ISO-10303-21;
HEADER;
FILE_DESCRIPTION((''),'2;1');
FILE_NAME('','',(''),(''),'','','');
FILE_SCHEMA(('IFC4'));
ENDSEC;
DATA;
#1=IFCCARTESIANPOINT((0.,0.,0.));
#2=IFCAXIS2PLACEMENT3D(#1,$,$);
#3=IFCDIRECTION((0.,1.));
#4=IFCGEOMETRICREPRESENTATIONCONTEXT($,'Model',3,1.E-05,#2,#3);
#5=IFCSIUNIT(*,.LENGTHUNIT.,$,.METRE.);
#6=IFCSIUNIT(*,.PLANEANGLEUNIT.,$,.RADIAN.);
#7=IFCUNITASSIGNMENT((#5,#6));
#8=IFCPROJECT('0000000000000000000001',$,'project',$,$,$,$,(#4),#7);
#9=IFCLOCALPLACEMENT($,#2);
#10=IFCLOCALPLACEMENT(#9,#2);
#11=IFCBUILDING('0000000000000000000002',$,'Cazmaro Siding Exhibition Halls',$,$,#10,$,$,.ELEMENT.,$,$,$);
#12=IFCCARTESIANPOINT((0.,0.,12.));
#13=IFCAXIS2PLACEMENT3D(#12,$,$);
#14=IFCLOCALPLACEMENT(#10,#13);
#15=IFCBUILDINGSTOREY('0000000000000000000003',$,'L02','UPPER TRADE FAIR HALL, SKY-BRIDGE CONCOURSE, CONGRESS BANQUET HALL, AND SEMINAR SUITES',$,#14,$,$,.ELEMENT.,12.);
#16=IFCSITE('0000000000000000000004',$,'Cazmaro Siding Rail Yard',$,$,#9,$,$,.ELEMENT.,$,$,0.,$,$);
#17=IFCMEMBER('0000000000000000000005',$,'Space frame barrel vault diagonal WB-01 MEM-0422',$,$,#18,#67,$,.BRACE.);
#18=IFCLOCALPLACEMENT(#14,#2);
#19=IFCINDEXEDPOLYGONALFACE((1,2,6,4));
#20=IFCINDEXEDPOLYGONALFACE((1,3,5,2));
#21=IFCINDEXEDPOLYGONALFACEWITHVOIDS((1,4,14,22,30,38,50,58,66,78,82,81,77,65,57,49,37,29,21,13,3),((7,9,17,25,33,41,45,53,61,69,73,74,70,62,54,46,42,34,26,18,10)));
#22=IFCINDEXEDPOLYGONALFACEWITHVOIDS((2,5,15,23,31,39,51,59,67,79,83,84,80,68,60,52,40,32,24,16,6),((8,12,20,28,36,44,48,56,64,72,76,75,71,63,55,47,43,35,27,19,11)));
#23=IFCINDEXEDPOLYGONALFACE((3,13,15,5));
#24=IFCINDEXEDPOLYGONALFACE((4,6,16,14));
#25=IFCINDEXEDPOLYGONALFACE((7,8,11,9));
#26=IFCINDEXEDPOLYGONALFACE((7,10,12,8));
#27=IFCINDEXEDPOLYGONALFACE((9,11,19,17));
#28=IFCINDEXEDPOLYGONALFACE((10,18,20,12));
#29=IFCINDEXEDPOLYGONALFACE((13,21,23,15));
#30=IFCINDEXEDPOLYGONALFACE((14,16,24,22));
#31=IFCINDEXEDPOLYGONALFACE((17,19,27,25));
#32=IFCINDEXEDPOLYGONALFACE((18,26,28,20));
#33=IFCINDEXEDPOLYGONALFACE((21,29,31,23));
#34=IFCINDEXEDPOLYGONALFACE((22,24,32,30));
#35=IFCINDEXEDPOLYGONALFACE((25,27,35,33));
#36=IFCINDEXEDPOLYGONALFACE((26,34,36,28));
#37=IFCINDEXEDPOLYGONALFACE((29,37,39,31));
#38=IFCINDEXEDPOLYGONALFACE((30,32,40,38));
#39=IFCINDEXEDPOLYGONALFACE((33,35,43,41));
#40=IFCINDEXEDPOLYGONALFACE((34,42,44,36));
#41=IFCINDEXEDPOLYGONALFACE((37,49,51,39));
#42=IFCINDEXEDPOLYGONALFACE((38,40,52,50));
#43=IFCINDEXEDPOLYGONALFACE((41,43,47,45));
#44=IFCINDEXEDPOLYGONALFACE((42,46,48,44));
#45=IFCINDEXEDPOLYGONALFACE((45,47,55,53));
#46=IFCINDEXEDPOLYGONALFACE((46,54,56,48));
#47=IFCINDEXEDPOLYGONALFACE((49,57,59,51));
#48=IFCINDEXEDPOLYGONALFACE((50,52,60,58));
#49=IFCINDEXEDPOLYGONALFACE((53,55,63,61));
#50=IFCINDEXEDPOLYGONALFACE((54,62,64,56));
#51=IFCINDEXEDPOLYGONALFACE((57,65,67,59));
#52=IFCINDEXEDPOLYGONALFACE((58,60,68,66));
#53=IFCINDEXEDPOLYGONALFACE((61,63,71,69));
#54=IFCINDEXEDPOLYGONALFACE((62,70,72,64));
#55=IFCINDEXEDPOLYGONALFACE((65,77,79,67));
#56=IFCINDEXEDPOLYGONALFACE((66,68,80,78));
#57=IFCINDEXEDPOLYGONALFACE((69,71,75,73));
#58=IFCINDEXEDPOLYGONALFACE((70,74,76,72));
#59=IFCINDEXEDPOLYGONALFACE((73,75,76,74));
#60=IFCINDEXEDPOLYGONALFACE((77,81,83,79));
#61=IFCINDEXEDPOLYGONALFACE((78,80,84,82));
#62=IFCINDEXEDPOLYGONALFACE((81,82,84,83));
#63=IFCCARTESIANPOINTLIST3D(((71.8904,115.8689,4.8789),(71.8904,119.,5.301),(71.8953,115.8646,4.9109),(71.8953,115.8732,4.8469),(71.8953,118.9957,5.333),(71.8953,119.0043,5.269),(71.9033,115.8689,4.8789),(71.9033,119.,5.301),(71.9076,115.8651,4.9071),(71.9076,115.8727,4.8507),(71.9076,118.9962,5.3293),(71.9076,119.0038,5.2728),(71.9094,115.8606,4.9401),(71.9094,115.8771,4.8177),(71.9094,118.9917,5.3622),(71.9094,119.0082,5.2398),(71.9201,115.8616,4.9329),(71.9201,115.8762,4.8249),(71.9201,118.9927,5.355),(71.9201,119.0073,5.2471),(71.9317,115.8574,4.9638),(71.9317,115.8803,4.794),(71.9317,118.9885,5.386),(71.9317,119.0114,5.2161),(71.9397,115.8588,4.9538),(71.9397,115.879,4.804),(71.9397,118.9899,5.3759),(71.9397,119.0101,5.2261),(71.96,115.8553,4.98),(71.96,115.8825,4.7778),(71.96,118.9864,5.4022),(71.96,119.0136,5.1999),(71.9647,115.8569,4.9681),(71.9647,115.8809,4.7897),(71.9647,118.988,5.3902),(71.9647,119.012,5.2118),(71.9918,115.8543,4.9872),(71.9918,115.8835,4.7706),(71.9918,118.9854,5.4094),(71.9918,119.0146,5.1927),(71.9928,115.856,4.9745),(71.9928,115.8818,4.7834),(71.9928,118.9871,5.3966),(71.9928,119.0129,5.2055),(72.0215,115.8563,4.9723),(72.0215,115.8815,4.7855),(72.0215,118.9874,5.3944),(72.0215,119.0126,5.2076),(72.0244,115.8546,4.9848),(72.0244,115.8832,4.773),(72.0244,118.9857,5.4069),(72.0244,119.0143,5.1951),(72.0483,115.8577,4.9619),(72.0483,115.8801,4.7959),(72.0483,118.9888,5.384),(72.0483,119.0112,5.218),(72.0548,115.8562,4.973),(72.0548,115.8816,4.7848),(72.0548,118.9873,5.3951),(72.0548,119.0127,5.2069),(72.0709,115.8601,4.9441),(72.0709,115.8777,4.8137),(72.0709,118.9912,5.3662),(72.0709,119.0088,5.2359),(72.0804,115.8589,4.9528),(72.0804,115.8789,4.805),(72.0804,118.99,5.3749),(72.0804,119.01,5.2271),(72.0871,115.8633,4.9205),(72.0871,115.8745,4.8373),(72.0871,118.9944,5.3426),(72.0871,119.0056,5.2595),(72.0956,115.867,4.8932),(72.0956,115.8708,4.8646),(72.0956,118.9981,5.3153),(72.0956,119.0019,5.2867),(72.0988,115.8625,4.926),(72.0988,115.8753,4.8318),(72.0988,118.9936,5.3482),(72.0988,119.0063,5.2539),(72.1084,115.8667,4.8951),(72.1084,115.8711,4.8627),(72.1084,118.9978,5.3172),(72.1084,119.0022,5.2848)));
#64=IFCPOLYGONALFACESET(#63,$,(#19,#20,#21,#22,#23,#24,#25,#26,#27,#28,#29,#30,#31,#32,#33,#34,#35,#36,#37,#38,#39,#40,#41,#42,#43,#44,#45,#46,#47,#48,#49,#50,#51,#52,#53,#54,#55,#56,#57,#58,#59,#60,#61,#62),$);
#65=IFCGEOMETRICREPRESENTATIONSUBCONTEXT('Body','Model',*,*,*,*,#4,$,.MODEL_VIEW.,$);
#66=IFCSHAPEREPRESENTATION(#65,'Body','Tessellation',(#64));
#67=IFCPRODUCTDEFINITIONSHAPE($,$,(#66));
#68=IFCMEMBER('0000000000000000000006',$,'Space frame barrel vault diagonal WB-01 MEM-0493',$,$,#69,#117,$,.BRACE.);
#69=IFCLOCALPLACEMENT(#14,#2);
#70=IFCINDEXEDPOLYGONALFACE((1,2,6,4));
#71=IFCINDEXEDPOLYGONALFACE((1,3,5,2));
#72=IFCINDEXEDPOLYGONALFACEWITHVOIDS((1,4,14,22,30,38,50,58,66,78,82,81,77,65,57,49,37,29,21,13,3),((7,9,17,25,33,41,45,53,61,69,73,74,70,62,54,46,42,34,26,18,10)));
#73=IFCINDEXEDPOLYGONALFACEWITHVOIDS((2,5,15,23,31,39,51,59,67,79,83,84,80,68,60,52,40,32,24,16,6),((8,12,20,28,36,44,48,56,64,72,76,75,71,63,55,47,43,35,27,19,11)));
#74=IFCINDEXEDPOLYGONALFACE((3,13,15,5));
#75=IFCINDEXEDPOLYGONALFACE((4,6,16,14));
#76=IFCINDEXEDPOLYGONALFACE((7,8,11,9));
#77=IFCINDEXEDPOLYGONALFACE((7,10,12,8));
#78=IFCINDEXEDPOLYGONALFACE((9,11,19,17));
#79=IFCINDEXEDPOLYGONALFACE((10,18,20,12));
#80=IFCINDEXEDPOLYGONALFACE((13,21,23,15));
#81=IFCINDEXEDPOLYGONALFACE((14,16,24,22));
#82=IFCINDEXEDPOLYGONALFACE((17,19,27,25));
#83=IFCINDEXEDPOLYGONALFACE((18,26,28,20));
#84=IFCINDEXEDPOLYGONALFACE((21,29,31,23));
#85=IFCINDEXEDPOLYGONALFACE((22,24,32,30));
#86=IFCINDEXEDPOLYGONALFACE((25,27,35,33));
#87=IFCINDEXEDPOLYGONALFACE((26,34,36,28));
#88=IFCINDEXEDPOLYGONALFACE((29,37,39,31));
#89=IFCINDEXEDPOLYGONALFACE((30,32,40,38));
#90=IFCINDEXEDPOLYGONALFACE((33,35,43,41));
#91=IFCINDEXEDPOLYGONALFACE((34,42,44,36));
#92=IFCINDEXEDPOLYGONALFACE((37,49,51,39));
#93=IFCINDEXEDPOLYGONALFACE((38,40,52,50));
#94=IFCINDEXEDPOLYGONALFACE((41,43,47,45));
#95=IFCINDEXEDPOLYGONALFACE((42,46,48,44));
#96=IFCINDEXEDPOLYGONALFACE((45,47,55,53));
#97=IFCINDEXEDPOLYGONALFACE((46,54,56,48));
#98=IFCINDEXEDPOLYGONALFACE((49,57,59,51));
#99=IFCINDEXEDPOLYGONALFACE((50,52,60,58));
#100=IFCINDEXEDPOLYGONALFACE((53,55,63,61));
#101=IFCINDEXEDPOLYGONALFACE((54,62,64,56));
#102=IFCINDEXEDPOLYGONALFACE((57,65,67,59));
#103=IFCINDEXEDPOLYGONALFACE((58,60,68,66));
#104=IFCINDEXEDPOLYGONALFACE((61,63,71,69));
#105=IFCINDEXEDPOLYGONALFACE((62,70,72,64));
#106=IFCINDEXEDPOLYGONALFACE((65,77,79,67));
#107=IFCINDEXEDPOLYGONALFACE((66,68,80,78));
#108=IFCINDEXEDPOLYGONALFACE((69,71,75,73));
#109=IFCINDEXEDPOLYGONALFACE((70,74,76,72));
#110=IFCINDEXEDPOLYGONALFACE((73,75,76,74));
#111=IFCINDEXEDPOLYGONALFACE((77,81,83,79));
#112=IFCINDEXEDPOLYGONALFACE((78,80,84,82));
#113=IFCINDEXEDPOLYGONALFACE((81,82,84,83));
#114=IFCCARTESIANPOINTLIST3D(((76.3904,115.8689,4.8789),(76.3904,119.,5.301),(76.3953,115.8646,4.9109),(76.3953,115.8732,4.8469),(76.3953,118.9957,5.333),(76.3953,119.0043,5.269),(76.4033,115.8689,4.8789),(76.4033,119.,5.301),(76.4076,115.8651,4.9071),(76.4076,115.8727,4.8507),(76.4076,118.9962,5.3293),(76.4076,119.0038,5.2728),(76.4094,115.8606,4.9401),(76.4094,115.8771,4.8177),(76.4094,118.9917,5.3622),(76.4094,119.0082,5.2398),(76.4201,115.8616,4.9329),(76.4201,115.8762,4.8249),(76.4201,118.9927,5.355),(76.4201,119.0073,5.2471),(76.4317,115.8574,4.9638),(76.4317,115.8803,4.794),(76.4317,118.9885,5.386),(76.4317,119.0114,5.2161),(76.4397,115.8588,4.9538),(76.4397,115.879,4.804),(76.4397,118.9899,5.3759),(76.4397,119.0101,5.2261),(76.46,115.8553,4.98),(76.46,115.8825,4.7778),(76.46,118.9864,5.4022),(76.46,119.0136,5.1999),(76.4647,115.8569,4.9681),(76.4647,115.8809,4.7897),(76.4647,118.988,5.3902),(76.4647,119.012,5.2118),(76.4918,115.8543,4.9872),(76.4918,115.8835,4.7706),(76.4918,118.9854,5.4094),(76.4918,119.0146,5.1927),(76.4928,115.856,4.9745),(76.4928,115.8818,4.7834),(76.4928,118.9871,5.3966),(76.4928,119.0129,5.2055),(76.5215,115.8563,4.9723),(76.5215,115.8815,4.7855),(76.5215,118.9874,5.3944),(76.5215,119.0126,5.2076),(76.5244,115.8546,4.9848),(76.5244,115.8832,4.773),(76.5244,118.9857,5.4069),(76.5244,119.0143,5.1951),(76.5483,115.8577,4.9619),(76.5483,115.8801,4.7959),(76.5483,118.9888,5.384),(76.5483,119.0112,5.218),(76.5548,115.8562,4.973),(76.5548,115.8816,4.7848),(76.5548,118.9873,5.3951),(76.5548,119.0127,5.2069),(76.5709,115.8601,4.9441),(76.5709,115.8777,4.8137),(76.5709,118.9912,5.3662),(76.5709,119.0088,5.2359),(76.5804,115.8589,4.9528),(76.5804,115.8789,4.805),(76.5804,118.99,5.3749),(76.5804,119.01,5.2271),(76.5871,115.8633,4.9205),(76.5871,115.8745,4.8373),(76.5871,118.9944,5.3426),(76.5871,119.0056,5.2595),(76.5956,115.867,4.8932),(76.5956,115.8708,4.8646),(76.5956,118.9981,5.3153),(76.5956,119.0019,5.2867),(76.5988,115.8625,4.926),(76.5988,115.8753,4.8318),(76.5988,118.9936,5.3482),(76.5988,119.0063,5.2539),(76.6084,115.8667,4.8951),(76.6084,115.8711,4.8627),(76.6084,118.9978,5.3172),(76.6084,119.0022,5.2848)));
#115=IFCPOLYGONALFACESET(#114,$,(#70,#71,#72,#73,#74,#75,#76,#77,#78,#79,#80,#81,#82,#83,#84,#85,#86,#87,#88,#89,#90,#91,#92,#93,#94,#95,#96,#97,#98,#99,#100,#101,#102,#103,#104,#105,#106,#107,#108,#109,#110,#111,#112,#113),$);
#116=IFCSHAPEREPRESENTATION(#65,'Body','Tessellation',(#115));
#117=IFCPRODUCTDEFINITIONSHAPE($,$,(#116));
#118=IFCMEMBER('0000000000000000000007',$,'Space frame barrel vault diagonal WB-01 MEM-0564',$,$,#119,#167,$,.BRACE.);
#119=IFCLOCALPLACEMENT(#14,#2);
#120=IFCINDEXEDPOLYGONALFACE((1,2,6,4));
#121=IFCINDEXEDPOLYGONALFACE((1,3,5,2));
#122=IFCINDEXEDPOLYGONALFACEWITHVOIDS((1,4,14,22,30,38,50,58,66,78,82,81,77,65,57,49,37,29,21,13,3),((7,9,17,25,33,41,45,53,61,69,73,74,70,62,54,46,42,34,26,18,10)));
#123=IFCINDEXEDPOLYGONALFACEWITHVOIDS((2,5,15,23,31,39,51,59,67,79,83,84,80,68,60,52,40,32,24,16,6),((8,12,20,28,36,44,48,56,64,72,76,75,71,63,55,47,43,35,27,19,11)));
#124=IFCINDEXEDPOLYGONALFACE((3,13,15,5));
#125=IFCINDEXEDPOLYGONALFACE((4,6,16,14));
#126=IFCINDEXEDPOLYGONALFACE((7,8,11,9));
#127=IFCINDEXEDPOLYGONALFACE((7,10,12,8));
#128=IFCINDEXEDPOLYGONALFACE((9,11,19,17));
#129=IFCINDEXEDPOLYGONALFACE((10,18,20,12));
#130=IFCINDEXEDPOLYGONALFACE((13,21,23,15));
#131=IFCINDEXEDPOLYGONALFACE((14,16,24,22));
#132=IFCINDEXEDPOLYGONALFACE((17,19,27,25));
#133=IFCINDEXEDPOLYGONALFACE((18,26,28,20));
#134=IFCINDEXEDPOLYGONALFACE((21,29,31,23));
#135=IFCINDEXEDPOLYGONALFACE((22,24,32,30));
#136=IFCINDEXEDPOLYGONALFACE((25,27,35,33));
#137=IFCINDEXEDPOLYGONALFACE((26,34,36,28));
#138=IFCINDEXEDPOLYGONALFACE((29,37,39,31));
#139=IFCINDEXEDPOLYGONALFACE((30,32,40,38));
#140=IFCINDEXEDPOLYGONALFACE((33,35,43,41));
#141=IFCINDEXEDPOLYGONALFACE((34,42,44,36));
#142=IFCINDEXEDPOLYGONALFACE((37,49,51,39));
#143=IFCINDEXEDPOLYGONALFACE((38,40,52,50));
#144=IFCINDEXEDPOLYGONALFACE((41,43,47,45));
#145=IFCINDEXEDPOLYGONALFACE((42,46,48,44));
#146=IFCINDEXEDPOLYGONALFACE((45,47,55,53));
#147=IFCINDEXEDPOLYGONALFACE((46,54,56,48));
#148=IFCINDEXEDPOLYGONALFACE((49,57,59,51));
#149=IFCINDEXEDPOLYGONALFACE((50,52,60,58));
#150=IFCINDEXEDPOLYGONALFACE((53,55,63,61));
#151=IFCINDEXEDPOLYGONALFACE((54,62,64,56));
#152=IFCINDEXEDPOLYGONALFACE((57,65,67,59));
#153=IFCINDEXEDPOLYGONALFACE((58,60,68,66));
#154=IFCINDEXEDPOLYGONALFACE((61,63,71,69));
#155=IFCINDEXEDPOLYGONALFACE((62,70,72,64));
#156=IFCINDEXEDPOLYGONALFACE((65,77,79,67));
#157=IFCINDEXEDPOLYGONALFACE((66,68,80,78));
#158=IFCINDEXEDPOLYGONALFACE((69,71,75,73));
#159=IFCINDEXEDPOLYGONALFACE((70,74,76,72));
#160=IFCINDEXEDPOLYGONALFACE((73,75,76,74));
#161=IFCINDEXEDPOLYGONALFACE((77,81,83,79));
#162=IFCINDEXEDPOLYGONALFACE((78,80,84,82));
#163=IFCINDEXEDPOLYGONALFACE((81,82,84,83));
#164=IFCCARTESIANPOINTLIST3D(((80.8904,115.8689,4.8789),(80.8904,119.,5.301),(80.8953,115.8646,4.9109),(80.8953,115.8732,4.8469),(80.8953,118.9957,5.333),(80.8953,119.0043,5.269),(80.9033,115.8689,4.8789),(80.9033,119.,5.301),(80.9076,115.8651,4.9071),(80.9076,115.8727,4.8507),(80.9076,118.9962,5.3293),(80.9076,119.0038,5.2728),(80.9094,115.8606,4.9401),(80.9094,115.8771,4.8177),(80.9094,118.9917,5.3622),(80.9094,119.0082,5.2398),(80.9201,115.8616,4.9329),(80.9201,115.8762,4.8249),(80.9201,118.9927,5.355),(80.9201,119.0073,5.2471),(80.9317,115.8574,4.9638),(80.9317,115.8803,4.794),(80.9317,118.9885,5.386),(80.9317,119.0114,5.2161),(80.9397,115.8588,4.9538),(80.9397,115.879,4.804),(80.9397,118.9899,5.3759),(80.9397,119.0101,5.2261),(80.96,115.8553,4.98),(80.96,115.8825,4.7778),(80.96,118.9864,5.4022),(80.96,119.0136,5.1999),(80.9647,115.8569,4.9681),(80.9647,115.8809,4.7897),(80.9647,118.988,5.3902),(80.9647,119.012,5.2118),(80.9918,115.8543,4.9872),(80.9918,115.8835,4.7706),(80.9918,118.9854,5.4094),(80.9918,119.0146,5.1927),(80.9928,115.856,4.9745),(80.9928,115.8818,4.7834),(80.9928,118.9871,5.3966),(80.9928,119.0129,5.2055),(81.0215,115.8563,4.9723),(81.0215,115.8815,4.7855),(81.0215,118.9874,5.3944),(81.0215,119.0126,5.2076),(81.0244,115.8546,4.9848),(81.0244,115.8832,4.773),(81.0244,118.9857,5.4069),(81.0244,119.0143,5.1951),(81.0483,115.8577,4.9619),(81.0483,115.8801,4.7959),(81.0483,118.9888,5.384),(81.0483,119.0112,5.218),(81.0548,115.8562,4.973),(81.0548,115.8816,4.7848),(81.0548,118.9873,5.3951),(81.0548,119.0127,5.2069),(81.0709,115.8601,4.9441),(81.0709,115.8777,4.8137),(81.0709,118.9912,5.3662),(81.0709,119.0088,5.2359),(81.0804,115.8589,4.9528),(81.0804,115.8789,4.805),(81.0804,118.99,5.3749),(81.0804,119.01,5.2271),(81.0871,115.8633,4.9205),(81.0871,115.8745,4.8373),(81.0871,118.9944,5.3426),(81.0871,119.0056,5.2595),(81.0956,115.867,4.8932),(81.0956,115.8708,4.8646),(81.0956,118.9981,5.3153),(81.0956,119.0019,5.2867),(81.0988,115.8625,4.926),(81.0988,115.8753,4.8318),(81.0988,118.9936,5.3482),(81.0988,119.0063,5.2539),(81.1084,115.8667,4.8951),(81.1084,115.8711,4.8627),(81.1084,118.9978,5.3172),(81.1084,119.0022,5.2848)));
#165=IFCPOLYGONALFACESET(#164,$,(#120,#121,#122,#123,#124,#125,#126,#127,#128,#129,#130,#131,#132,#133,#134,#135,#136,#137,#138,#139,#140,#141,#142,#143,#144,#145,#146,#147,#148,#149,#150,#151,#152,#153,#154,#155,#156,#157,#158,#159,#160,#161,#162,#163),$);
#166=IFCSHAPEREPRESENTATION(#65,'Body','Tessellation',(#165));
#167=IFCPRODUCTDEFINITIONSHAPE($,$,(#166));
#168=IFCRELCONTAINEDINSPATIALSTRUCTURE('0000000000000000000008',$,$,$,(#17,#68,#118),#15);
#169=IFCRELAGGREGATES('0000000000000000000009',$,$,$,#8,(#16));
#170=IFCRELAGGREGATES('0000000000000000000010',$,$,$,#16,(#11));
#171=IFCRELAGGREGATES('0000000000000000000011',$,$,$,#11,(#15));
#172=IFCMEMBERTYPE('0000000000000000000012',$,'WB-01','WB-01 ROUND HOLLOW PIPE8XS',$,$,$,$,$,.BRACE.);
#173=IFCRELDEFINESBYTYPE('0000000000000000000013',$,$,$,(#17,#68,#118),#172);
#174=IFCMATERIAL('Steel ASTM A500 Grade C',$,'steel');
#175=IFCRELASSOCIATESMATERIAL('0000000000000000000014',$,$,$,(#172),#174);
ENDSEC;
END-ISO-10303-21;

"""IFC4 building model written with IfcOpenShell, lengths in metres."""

from ifc_helpers import new_model, si_unit, direction, frame, origin, origin_2d, place, context, subcontext, project, spatial, hollow_circle, extrude, material, material_profile, profile_set, type_object, element, save


model = new_model("IFC4")

# Units and contexts
model_context = context("Model", 3, precision=1e-05, world=origin(), true_north=direction((0.0, 1.0)))
body_context = subcontext(model_context, "Body", "Model", "MODEL_VIEW")
ifc_project = project(units=[si_unit("LENGTHUNIT", "METRE"), si_unit("PLANEANGLEUNIT", "RADIAN")], contexts=[model_context])

# Site, building, storey
site_placement = place(None, origin())
site = spatial("IfcSite", under=ifc_project, at=site_placement, Name="Cazmaro Siding Rail Yard", CompositionType="ELEMENT", RefElevation=0.0)
building_placement = place(site_placement, origin())
building = spatial("IfcBuilding", under=site, at=building_placement, Name="Cazmaro Siding Exhibition Halls", CompositionType="ELEMENT")
storey_placement = place(building_placement, frame((0.0, 0.0, 12.0)))
storey = spatial("IfcBuildingStorey", under=building, at=storey_placement, Name="L02", Description="UPPER TRADE FAIR HALL, SKY-BRIDGE CONCOURSE, CONGRESS BANQUET HALL, AND SEMINAR SUITES", CompositionType="ELEMENT", Elevation=12.0)

# Members
ifc_material_1 = material(Name="Steel ASTM A500 Grade C", Category="steel")
ifc_material_profile_1 = material_profile(ifc_material_1, hollow_circle(Radius=0.1096, WallThickness=0.0129, at=origin_2d()), Name="PIPE8XS")
ifc_profile_set_1 = profile_set([ifc_material_profile_1], Name="Steel ASTM A500 Grade C")
member_type_1 = type_object("IfcMemberType", Name="WB-01", Description="WB-01 ROUND HOLLOW PIPE8XS", PredefinedType="BRACE", material=ifc_profile_set_1)
for number, where, z_axis, x_axis, name in (
    (1, (72.0, 115.8689, 4.8789), (0.0, 0.991035, 0.133606), (-1.0, 0.0, 0.0), "Space frame barrel vault diagonal WB-01 MEM-0422"),
    (2, (76.5, 115.8689, 4.8789), (0.0, 0.991035, 0.133606), (-1.0, 0.0, 0.0), "Space frame barrel vault diagonal WB-01 MEM-0493"),
    (3, (81.0, 115.8689, 4.8789), (0.0, 0.991035, 0.133606), (-1.0, 0.0, 0.0), "Space frame barrel vault diagonal WB-01 MEM-0564"),
):
    element("IfcMember", number, at=place(storey_placement, frame(where, z_axis=z_axis, x_axis=x_axis)), inside=storey, type_object=member_type_1, Name=name, PredefinedType="BRACE", context=body_context, shape_type="SweptSolid", body=[
        extrude(hollow_circle(Radius=0.1096, WallThickness=0.0129, at=origin_2d()), origin(), (0.0, 0.0, 1.0), 3.1594),
    ])

save(model, "model.ifc")
